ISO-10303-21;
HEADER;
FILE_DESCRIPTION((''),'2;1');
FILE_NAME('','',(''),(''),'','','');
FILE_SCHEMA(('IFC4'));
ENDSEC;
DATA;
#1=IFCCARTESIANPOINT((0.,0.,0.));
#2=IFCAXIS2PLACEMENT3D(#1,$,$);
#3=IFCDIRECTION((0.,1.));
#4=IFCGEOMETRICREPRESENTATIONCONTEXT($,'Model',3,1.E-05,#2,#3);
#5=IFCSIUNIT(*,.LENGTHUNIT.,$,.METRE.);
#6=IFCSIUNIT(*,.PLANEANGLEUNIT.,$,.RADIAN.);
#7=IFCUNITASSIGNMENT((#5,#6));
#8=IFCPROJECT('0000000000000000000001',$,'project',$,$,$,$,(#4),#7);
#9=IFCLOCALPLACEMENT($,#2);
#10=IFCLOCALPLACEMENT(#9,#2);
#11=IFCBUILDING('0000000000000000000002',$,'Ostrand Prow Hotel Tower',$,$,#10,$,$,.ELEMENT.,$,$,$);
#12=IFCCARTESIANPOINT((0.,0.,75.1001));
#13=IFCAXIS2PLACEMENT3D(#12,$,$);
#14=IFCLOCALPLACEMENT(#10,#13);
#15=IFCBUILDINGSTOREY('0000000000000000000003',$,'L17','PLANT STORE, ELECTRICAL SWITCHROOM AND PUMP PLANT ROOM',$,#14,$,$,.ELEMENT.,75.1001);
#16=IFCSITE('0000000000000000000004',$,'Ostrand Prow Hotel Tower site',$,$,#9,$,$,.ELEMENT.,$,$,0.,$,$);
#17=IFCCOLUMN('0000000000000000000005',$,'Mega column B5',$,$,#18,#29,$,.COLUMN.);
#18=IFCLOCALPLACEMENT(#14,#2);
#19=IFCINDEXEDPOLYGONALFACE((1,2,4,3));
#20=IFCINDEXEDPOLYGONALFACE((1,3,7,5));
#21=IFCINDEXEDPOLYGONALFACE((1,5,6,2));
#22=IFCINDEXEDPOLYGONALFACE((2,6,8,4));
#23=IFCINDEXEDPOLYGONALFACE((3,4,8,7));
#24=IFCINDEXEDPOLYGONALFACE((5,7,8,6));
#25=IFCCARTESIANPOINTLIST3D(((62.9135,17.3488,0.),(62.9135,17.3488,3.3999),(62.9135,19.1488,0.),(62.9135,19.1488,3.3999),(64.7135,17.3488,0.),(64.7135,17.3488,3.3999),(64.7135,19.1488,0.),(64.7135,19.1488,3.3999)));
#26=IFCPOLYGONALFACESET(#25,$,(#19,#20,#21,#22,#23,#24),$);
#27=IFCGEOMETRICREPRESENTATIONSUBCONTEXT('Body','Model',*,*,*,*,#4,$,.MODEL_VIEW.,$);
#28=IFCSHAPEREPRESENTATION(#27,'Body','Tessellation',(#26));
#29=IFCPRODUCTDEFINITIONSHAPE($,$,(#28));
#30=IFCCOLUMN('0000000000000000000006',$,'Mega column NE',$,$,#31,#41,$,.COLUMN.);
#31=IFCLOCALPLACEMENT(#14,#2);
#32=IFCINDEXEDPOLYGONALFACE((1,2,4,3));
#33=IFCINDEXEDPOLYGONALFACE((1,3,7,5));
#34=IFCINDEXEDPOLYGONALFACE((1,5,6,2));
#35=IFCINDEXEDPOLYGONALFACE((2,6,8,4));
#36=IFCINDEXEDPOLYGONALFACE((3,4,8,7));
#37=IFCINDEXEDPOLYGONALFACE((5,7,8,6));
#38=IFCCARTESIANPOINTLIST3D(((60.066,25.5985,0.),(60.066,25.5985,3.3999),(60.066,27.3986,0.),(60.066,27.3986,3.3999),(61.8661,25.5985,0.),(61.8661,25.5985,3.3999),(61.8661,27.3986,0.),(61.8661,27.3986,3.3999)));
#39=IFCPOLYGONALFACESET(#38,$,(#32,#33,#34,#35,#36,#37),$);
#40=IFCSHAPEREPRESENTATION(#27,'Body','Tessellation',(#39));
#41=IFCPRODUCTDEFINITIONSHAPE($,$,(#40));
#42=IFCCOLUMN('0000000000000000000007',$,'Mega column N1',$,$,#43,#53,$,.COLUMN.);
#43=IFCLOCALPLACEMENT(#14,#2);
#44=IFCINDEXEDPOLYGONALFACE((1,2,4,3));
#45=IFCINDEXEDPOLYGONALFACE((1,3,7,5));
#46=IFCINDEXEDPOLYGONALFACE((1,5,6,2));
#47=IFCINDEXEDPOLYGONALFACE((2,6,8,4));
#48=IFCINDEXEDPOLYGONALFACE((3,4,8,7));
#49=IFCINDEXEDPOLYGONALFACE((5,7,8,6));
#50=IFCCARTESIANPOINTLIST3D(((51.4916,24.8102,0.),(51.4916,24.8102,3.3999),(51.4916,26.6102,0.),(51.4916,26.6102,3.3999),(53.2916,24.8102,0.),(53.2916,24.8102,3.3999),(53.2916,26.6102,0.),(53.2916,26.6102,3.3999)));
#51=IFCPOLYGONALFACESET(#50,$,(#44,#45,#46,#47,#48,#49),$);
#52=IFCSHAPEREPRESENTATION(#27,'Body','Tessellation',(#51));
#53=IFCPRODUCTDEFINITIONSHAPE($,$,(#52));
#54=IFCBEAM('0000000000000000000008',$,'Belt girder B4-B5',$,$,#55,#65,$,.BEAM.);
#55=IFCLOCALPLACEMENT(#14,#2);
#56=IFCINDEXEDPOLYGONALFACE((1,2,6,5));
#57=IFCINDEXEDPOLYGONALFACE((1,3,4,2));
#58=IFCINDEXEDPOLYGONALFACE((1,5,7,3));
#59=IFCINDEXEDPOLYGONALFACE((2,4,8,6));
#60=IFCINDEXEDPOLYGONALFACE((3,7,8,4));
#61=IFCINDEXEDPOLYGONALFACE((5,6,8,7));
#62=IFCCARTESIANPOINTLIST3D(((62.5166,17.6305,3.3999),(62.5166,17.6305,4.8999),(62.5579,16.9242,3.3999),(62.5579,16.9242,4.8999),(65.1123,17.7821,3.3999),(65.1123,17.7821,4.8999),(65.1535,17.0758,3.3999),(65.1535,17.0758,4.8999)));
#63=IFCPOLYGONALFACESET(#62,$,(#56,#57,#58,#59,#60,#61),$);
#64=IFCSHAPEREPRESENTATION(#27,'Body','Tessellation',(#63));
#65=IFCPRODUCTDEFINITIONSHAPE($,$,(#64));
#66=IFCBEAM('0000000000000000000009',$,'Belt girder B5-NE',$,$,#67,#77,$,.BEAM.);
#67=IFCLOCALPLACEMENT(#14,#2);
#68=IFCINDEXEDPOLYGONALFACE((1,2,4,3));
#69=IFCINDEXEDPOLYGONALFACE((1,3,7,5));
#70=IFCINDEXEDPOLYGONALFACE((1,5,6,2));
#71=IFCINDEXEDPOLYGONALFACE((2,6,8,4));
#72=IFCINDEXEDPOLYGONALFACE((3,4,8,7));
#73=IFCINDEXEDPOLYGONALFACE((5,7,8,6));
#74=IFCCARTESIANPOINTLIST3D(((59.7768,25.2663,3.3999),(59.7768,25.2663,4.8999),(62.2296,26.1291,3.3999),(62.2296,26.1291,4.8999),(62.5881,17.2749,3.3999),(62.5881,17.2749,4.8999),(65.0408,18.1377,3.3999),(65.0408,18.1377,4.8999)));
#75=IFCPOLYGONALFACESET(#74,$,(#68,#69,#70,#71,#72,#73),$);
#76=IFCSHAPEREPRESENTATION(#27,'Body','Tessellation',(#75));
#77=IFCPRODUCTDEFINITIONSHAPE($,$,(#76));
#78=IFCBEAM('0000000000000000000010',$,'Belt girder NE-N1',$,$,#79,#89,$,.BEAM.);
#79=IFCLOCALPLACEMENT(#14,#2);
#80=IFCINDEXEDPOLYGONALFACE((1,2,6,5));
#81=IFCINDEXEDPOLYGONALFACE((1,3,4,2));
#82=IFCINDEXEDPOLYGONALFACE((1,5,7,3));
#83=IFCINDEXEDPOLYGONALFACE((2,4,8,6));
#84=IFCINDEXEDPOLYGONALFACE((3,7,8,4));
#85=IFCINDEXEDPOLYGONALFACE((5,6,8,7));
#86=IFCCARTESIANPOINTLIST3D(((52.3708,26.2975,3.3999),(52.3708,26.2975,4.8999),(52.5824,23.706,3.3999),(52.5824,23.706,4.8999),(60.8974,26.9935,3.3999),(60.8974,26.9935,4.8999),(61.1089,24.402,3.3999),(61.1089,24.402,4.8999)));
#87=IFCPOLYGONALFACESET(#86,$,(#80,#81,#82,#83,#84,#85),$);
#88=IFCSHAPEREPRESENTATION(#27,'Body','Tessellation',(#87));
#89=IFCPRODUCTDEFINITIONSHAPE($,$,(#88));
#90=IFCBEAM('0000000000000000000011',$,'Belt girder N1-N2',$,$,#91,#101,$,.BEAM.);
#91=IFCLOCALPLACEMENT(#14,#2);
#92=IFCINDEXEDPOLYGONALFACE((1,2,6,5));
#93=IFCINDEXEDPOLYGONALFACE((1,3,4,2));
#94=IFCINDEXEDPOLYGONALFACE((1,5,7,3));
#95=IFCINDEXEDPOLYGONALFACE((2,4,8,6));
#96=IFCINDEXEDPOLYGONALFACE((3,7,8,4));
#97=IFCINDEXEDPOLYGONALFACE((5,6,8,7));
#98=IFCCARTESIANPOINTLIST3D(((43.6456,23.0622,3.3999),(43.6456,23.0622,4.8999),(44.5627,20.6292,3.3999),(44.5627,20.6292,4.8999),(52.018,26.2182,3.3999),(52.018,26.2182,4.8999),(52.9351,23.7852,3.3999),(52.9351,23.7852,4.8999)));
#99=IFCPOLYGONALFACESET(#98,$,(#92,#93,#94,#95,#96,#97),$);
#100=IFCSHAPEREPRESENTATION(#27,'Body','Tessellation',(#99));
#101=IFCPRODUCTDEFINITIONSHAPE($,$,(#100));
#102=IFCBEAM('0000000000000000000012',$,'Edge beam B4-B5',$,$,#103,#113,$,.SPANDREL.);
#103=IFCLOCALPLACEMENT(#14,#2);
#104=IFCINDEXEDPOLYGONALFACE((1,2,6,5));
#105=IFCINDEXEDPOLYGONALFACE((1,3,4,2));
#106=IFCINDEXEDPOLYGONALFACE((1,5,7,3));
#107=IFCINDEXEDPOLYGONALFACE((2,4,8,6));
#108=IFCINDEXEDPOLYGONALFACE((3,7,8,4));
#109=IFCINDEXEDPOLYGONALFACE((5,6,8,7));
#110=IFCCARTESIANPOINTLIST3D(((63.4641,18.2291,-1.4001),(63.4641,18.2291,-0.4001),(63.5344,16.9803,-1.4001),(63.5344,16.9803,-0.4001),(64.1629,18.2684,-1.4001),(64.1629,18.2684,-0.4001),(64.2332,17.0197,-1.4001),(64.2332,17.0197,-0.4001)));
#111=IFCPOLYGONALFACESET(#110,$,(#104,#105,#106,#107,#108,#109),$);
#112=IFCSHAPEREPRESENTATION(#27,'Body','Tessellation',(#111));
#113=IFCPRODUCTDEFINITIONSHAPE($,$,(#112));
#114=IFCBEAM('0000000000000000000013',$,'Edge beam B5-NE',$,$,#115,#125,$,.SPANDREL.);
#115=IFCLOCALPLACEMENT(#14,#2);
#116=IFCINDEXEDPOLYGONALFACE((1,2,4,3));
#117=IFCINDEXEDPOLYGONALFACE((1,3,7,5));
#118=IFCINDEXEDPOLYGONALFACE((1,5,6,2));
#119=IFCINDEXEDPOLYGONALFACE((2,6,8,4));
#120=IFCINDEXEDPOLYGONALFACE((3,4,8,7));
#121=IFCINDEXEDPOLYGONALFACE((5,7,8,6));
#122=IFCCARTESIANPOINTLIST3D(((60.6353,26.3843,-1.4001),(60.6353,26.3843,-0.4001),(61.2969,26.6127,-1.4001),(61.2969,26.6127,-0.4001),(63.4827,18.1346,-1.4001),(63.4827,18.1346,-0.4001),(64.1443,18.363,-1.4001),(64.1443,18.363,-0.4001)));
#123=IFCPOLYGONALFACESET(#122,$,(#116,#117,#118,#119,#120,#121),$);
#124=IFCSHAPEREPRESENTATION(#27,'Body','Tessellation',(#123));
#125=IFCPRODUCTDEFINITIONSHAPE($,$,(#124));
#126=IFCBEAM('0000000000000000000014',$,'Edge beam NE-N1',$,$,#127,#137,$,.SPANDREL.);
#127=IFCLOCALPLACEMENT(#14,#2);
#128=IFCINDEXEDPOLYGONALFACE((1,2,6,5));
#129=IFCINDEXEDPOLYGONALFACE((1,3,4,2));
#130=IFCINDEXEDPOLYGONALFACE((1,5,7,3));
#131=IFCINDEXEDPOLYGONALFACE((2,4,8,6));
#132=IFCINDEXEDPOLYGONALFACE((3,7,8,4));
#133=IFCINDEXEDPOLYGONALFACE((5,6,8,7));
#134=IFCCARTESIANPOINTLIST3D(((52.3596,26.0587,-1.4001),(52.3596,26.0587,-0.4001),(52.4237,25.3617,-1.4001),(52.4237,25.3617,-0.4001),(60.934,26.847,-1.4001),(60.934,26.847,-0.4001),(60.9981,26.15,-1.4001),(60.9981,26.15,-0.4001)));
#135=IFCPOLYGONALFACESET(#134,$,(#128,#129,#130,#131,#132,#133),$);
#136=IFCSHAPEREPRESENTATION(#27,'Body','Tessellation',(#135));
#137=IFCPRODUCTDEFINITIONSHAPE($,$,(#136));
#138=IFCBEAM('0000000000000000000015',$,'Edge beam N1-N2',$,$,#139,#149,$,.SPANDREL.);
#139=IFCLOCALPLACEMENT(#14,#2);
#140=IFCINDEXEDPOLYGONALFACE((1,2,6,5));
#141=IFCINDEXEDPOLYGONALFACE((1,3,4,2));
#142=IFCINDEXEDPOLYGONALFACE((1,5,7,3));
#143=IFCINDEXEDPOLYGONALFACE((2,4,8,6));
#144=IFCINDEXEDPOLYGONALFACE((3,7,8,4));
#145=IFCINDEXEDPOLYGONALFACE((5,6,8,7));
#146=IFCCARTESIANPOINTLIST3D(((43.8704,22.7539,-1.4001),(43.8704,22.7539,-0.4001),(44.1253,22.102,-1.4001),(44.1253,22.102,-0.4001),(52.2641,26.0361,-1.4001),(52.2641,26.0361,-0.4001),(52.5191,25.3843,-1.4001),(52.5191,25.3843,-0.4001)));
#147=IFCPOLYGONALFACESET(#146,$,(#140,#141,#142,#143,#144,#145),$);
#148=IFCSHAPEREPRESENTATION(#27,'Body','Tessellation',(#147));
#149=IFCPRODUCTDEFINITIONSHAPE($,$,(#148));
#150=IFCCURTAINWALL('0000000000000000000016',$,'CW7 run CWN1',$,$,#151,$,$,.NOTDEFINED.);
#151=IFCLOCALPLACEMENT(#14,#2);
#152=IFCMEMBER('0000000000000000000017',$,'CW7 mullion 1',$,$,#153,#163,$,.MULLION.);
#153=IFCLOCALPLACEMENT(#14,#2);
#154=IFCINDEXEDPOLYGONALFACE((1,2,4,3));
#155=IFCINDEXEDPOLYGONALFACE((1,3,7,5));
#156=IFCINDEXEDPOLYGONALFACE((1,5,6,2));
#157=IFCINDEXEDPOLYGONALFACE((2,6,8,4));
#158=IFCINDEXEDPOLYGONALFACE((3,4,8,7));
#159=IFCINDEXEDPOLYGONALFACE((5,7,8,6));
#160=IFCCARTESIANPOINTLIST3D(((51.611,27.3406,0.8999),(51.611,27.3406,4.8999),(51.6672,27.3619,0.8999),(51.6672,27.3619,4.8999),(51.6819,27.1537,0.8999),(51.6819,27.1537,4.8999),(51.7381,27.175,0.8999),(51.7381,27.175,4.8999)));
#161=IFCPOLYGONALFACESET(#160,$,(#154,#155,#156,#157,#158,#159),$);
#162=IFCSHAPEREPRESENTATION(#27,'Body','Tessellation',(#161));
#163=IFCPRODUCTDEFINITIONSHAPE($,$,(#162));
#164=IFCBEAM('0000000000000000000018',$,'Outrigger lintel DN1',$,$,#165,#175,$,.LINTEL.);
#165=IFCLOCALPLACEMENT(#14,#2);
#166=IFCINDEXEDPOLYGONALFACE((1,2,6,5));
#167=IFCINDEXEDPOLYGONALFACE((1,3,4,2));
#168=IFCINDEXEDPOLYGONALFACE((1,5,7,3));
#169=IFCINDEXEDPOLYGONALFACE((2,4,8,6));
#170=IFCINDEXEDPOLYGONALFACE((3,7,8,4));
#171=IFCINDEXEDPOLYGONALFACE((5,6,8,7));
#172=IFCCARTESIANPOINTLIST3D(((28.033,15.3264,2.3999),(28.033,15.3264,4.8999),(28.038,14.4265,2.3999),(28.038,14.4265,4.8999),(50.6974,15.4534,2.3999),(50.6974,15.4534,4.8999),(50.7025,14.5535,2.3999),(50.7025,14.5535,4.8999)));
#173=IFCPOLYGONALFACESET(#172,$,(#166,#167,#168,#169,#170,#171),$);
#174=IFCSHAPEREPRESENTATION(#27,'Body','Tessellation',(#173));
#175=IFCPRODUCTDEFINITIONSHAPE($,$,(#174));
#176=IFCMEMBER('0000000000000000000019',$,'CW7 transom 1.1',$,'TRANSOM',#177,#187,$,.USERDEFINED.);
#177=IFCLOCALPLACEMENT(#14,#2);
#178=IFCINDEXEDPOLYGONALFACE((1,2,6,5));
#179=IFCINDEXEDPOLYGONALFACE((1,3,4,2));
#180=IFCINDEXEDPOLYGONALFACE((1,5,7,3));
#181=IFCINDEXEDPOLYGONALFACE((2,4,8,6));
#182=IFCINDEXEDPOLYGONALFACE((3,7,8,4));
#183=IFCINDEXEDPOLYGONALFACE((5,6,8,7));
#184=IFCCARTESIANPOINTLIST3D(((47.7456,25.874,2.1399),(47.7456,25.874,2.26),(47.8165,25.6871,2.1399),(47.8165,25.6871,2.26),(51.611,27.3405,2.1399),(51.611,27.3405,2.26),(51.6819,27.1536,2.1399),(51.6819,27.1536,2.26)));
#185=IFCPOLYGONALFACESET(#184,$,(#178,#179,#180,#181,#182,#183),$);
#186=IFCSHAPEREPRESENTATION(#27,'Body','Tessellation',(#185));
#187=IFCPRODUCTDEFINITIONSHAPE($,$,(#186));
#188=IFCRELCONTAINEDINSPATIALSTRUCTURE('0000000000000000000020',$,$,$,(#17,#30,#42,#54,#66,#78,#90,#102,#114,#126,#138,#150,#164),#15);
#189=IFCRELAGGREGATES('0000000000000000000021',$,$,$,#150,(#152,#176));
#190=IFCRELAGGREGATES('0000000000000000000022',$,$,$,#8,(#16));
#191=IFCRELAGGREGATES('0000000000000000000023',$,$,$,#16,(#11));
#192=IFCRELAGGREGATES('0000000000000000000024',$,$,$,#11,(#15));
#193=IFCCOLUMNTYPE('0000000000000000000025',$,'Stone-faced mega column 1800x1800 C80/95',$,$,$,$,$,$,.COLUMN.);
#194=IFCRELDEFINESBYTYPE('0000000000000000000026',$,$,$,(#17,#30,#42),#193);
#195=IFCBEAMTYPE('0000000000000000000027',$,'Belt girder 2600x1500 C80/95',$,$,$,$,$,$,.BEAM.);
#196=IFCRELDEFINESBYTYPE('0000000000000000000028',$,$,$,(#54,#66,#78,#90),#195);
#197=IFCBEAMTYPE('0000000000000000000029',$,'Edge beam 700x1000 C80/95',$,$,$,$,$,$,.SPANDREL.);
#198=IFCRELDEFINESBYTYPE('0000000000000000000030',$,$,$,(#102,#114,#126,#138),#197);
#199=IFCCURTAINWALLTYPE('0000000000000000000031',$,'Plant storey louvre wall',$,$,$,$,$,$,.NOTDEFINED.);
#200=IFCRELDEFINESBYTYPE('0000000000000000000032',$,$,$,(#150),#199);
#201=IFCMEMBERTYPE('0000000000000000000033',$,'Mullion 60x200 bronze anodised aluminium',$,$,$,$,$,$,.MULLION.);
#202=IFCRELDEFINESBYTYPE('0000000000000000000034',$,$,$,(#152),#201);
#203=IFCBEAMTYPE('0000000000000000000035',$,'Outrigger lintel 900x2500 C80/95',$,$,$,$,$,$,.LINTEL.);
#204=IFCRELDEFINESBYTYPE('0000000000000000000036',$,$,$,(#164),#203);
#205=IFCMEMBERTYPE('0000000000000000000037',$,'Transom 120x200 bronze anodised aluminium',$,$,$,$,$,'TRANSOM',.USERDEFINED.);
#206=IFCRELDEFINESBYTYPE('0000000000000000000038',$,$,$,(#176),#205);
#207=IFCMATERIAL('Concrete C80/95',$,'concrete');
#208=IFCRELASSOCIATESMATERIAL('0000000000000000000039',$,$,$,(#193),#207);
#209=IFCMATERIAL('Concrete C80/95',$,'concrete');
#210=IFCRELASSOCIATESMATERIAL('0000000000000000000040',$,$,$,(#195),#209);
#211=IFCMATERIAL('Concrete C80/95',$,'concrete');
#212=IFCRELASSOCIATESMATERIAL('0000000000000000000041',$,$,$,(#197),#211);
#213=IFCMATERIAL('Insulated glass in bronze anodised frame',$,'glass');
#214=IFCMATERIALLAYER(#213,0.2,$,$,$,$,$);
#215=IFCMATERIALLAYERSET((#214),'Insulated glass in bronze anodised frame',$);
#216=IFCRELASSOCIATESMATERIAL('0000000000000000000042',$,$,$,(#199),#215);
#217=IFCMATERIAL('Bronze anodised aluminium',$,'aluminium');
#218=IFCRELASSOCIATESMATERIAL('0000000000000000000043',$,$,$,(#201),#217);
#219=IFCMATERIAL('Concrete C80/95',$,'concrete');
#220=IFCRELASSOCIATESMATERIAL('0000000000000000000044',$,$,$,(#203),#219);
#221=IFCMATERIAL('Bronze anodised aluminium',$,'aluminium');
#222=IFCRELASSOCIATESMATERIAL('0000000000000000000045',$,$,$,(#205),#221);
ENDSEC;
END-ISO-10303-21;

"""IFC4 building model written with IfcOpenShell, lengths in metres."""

from ifc_helpers import new_model, si_unit, direction, frame, origin, origin_2d, place, context, subcontext, project, spatial, rectangle, extrude, material, layer, layer_set, material_profile, profile_set, type_object, element, aggregate, save


model = new_model("IFC4")

# Units and contexts
model_context = context("Model", 3, precision=1e-05, world=origin(), true_north=direction((0.0, 1.0)))
body_context = subcontext(model_context, "Body", "Model", "MODEL_VIEW")
ifc_project = project(units=[si_unit("LENGTHUNIT", "METRE"), si_unit("PLANEANGLEUNIT", "RADIAN")], contexts=[model_context])

# Site, building, storey
site_placement = place(None, origin())
site = spatial("IfcSite", under=ifc_project, at=site_placement, Name="Ostrand Prow Hotel Tower site", CompositionType="ELEMENT", RefElevation=0.0)
building_placement = place(site_placement, origin())
building = spatial("IfcBuilding", under=site, at=building_placement, Name="Ostrand Prow Hotel Tower", CompositionType="ELEMENT")
storey_placement = place(building_placement, frame((0.0, 0.0, 75.1001)))
storey = spatial("IfcBuildingStorey", under=building, at=storey_placement, Name="L17", Description="PLANT STORE, ELECTRICAL SWITCHROOM AND PUMP PLANT ROOM", CompositionType="ELEMENT", Elevation=75.1001)

# Columns
ifc_material_1 = material(Name="Concrete C80/95", Category="concrete")
ifc_material_profile_1 = material_profile(ifc_material_1, rectangle(XDim=1.8, YDim=1.8, at=origin_2d()), Name="RC 1800x1800")
ifc_profile_set_1 = profile_set([ifc_material_profile_1], Name="Concrete C80/95")
column_type = type_object("IfcColumnType", Name="Stone-faced mega column 1800x1800 C80/95", PredefinedType="COLUMN", material=ifc_profile_set_1)
for number, where, z_axis, x_axis, name in (
    (1, (63.8135, 18.2488, 0.0), (0.0, 0.0, 1.0), (1.0, 0.0, 0.0), "Mega column B5"),
    (2, (60.9661, 26.4985, 0.0), (0.0, 0.0, 1.0), (1.0, 0.0, 0.0), "Mega column NE"),
    (3, (52.3916, 25.7102, 0.0), (0.0, 0.0, 1.0), (1.0, 0.0, 0.0), "Mega column N1"),
):
    element("IfcColumn", number, at=place(storey_placement, frame(where, z_axis=z_axis, x_axis=x_axis)), inside=storey, type_object=column_type, Name=name, PredefinedType="COLUMN", context=body_context, shape_type="SweptSolid", body=[
        extrude(rectangle(XDim=1.8, YDim=1.8, at=origin_2d()), origin(), (0.0, 0.0, 1.0), 3.3999),
    ])

# Beams
ifc_material_2 = material(Name="Concrete C80/95", Category="concrete")
ifc_material_profile_2 = material_profile(ifc_material_2, rectangle(XDim=2.6001, YDim=1.5, at=origin_2d()), Name="RC 2600x1500")
ifc_profile_set_2 = profile_set([ifc_material_profile_2], Name="Concrete C80/95")
beam_type_1 = type_object("IfcBeamType", Name="Belt girder 2600x1500 C80/95", PredefinedType="BEAM", material=ifc_profile_set_2)
beam_1_placement = place(storey_placement, frame((63.8557, 17.0, 4.1499), z_axis=(-0.058317, 0.998298, 0.0), x_axis=(-0.998298, -0.058317, 0.0)))
element("IfcBeam", 4, at=beam_1_placement, inside=storey, type_object=beam_type_1, Name="Belt girder B4-B5", PredefinedType="BEAM", context=body_context, shape_type="SweptSolid", body=[
    extrude(rectangle(XDim=2.6001, YDim=1.5, at=origin_2d()), origin(), (0.0, 0.0, 1.0), 0.7075),
])
beam_2_placement = place(storey_placement, frame((63.8145, 17.7063, 4.1499), z_axis=(-0.331851, 0.943332, 0.0), x_axis=(-0.943332, -0.331851, 0.0)))
element("IfcBeam", 5, at=beam_2_placement, inside=storey, type_object=beam_type_1, Name="Belt girder B5-NE", PredefinedType="BEAM", context=body_context, shape_type="SweptSolid", body=[
    extrude(rectangle(XDim=2.6001, YDim=1.5, at=origin_2d()), origin(), (0.0, 0.0, 1.0), 8.4714),
])
beam_3_placement = place(storey_placement, frame((61.0032, 25.6978, 4.1499), z_axis=(-0.996685, -0.081361, 0.0), x_axis=(0.081361, -0.996685, 0.0)))
element("IfcBeam", 6, at=beam_3_placement, inside=storey, type_object=beam_type_1, Name="Belt girder NE-N1", PredefinedType="BEAM", context=body_context, shape_type="SweptSolid", body=[
    extrude(rectangle(XDim=2.6001, YDim=1.5, at=origin_2d()), origin(), (0.0, 0.0, 1.0), 8.5549),
])
beam_4_placement = place(storey_placement, frame((52.4766, 25.0017, 4.1499), z_axis=(-0.935726, -0.352729, 0.0), x_axis=(0.352729, -0.935726, 0.0)))
element("IfcBeam", 7, at=beam_4_placement, inside=storey, type_object=beam_type_1, Name="Belt girder N1-N2", PredefinedType="BEAM", context=body_context, shape_type="SweptSolid", body=[
    extrude(rectangle(XDim=2.6001, YDim=1.5, at=origin_2d()), origin(), (0.0, 0.0, 1.0), 8.9475),
])
ifc_material_3 = material(Name="Concrete C80/95", Category="concrete")
ifc_material_profile_3 = material_profile(ifc_material_3, rectangle(XDim=0.7, YDim=1.0, at=origin_2d()), Name="RC 700x1000")
ifc_profile_set_3 = profile_set([ifc_material_profile_3], Name="Concrete C80/95")
beam_type_2 = type_object("IfcBeamType", Name="Edge beam 700x1000 C80/95", PredefinedType="SPANDREL", material=ifc_profile_set_3)
beam_5_placement = place(storey_placement, frame((63.8838, 17.0, -0.9001), z_axis=(-0.056216, 0.998419, 0.0), x_axis=(-0.998419, -0.056216, 0.0)))
element("IfcBeam", 8, at=beam_5_placement, inside=storey, type_object=beam_type_2, Name="Edge beam B4-B5", PredefinedType="SPANDREL", context=body_context, shape_type="SweptSolid", body=[
    extrude(rectangle(XDim=0.7, YDim=1.0, at=origin_2d()), origin(), (0.0, 0.0, 1.0), 1.2507),
])
beam_6_placement = place(storey_placement, frame((63.8135, 18.2488, -0.9001), z_axis=(-0.326264, 0.945279, 0.0), x_axis=(-0.945279, -0.326264, 0.0)))
element("IfcBeam", 9, at=beam_6_placement, inside=storey, type_object=beam_type_2, Name="Edge beam B5-NE", PredefinedType="SPANDREL", context=body_context, shape_type="SweptSolid", body=[
    extrude(rectangle(XDim=0.7, YDim=1.0, at=origin_2d()), origin(), (0.0, 0.0, 1.0), 8.7273),
])
beam_7_placement = place(storey_placement, frame((60.9661, 26.4985, -0.9001), z_axis=(-0.9958, -0.091553, 0.0), x_axis=(0.091553, -0.9958, 0.0)))
element("IfcBeam", 10, at=beam_7_placement, inside=storey, type_object=beam_type_2, Name="Edge beam NE-N1", PredefinedType="SPANDREL", context=body_context, shape_type="SweptSolid", body=[
    extrude(rectangle(XDim=0.7, YDim=1.0, at=origin_2d()), origin(), (0.0, 0.0, 1.0), 8.6106),
])
beam_8_placement = place(storey_placement, frame((52.3916, 25.7102, -0.9001), z_axis=(-0.931329, -0.364178, 0.0), x_axis=(0.364178, -0.931329, 0.0)))
element("IfcBeam", 11, at=beam_8_placement, inside=storey, type_object=beam_type_2, Name="Edge beam N1-N2", PredefinedType="SPANDREL", context=body_context, shape_type="SweptSolid", body=[
    extrude(rectangle(XDim=0.7, YDim=1.0, at=origin_2d()), origin(), (0.0, 0.0, 1.0), 9.0127),
])

# Curtain wall, member
ifc_material_4 = material(Name="Insulated glass in bronze anodised frame", Category="glass")
ifc_layer_1 = layer(ifc_material_4, 0.2)
ifc_layer_set_1 = layer_set([ifc_layer_1], Name="Insulated glass in bronze anodised frame")
curtain_wall_type = type_object("IfcCurtainWallType", Name="Plant storey louvre wall", PredefinedType="NOTDEFINED", material=ifc_layer_set_1)
curtain_wall_placement = place(storey_placement, origin())
curtain_wall = element("IfcCurtainWall", 12, at=curtain_wall_placement, inside=storey, type_object=curtain_wall_type, Name="CW7 run CWN1", PredefinedType="NOTDEFINED")
ifc_material_5 = material(Name="Bronze anodised aluminium", Category="aluminium")
ifc_material_profile_4 = material_profile(ifc_material_5, rectangle(XDim=0.2, YDim=0.0601, at=origin_2d()), Name="Mullion 60x200 bronze anodised aluminium")
ifc_profile_set_4 = profile_set([ifc_material_profile_4], Name="Bronze anodised aluminium")
member_type_1 = type_object("IfcMemberType", Name="Mullion 60x200 bronze anodised aluminium", PredefinedType="MULLION", material=ifc_profile_set_4)
member_1_placement = place(storey_placement, frame((51.6746, 27.2578, 0.8999), z_axis=(0.0, 0.0, 1.0), x_axis=(0.354728, -0.934969, 0.0)))
member_1 = element("IfcMember", 13, at=member_1_placement, type_object=member_type_1, Name="CW7 mullion 1", PredefinedType="MULLION", context=body_context, shape_type="SweptSolid", body=[
    extrude(rectangle(XDim=0.2, YDim=0.0601, at=origin_2d()), origin(), (0.0, 0.0, 1.0), 4.0),
])

# Beam
ifc_material_6 = material(Name="Concrete C80/95", Category="concrete")
ifc_material_profile_5 = material_profile(ifc_material_6, rectangle(XDim=0.8999, YDim=2.5, at=origin_2d()), Name="RC 900x2500")
ifc_profile_set_5 = profile_set([ifc_material_profile_5], Name="Concrete C80/95")
beam_type_3 = type_object("IfcBeamType", Name="Outrigger lintel 900x2500 C80/95", PredefinedType="LINTEL", material=ifc_profile_set_5)
beam_9_placement = place(storey_placement, frame((50.7, 15.0034, 3.6499), z_axis=(-0.999984, -0.005601, 0.0), x_axis=(0.005601, -0.999984, 0.0)))
element("IfcBeam", 14, at=beam_9_placement, inside=storey, type_object=beam_type_3, Name="Outrigger lintel DN1", PredefinedType="LINTEL", context=body_context, shape_type="SweptSolid", body=[
    extrude(rectangle(XDim=0.8999, YDim=2.5, at=origin_2d()), origin(), (0.0, 0.0, 1.0), 22.6648),
])

# Member
ifc_material_7 = material(Name="Bronze anodised aluminium", Category="aluminium")
ifc_material_profile_6 = material_profile(ifc_material_7, rectangle(XDim=0.2, YDim=0.1201, at=origin_2d()), Name="Transom 120x200 bronze anodised aluminium")
ifc_profile_set_6 = profile_set([ifc_material_profile_6], Name="Bronze anodised aluminium")
member_type_2 = type_object("IfcMemberType", Name="Transom 120x200 bronze anodised aluminium", ElementType="TRANSOM", PredefinedType="USERDEFINED", material=ifc_profile_set_6)
member_2_placement = place(storey_placement, frame((51.6465, 27.2471, 2.2), z_axis=(-0.934971, -0.354725, 0.0), x_axis=(0.354725, -0.934971, 0.0)))
member_2 = element("IfcMember", 15, at=member_2_placement, type_object=member_type_2, Name="CW7 transom 1.1", ObjectType="TRANSOM", PredefinedType="USERDEFINED", context=body_context, shape_type="SweptSolid", body=[
    extrude(rectangle(XDim=0.2, YDim=0.1201, at=origin_2d()), origin(), (0.0, 0.0, 1.0), 4.1343),
])
aggregate(curtain_wall, [member_1, member_2])

save(model, "model.ifc")
